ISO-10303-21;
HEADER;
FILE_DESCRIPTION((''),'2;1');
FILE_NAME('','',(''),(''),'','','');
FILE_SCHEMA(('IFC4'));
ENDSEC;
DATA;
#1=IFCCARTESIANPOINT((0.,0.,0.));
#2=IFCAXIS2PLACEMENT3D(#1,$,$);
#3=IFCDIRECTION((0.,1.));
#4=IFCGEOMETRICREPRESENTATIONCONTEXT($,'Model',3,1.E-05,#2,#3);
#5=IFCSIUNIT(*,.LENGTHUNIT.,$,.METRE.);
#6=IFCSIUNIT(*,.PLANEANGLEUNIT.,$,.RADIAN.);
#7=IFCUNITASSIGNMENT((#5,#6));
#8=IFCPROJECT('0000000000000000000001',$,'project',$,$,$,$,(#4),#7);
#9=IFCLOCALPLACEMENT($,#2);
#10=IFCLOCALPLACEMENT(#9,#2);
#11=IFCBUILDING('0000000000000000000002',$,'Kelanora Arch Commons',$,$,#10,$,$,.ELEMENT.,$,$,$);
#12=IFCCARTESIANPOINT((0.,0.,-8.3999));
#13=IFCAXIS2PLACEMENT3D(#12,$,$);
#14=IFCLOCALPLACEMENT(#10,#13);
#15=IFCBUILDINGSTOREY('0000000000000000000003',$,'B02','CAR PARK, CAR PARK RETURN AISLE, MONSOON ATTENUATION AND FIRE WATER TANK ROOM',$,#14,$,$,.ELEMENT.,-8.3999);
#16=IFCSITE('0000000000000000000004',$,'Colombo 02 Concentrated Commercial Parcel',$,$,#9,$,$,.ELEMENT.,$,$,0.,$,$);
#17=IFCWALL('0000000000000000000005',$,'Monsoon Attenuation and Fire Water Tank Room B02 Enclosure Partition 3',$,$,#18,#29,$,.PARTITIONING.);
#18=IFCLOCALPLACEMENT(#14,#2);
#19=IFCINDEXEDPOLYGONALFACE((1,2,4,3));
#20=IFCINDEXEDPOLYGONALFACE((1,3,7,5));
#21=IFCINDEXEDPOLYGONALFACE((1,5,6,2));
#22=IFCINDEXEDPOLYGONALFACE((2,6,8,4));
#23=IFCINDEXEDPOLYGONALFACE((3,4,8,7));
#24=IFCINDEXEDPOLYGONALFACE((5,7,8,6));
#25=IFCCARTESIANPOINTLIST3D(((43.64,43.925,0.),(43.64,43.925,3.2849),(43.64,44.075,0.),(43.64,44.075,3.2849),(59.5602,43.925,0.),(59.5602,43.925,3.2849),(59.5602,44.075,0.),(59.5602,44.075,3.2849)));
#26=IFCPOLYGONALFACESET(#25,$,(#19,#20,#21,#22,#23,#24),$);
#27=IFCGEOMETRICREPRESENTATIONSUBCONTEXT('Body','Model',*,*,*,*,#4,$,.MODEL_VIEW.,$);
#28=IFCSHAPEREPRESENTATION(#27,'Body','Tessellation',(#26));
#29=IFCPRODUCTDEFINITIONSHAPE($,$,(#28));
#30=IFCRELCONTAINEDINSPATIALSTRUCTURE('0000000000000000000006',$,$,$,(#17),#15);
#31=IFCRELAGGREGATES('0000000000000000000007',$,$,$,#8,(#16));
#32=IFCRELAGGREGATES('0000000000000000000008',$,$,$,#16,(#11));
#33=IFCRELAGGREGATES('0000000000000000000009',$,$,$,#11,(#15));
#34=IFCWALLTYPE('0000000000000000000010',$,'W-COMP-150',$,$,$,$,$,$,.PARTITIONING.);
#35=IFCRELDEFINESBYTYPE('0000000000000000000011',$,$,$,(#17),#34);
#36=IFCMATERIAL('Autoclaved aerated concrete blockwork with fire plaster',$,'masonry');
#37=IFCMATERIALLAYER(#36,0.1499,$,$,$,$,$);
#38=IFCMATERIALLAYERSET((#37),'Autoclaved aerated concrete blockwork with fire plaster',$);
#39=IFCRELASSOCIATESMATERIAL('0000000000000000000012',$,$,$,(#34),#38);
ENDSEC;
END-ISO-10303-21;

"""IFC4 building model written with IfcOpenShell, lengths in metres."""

from ifc_helpers import new_model, si_unit, direction, frame, frame_2d, origin, place, context, subcontext, project, spatial, rectangle, extrude, material, layer, layer_set, type_object, element, save


model = new_model("IFC4")

# Units and contexts
model_context = context("Model", 3, precision=1e-05, world=origin(), true_north=direction((0.0, 1.0)))
body_context = subcontext(model_context, "Body", "Model", "MODEL_VIEW")
ifc_project = project(units=[si_unit("LENGTHUNIT", "METRE"), si_unit("PLANEANGLEUNIT", "RADIAN")], contexts=[model_context])

# Site, building, storey
site_placement = place(None, origin())
site = spatial("IfcSite", under=ifc_project, at=site_placement, Name="Colombo 02 Concentrated Commercial Parcel", CompositionType="ELEMENT", RefElevation=0.0)
building_placement = place(site_placement, origin())
building = spatial("IfcBuilding", under=site, at=building_placement, Name="Kelanora Arch Commons", CompositionType="ELEMENT")
storey_placement = place(building_placement, frame((0.0, 0.0, -8.3999)))
storey = spatial("IfcBuildingStorey", under=building, at=storey_placement, Name="B02", Description="CAR PARK, CAR PARK RETURN AISLE, MONSOON ATTENUATION AND FIRE WATER TANK ROOM", CompositionType="ELEMENT", Elevation=-8.3999)

# Wall
ifc_material_1 = material(Name="Autoclaved aerated concrete blockwork with fire plaster", Category="masonry")
ifc_layer = layer(ifc_material_1, 0.1499)
ifc_layer_set = layer_set([ifc_layer], Name="Autoclaved aerated concrete blockwork with fire plaster")
wall_type = type_object("IfcWallType", Name="W-COMP-150", PredefinedType="PARTITIONING", material=ifc_layer_set)
wall_placement = place(storey_placement, frame((59.5601, 44.0, 0.0), z_axis=(0.0, 0.0, 1.0), x_axis=(-1.0, 0.0, 0.0)))
element("IfcWall", 1, at=wall_placement, inside=storey, type_object=wall_type, Name="Monsoon Attenuation and Fire Water Tank Room B02 Enclosure Partition 3", PredefinedType="PARTITIONING", context=body_context, shape_type="SweptSolid", body=[
    extrude(rectangle(XDim=15.9202, YDim=0.1499, at=frame_2d((7.96, 0.0))), origin(), (0.0, 0.0, 1.0), 3.2849),
])

save(model, "model.ifc")
